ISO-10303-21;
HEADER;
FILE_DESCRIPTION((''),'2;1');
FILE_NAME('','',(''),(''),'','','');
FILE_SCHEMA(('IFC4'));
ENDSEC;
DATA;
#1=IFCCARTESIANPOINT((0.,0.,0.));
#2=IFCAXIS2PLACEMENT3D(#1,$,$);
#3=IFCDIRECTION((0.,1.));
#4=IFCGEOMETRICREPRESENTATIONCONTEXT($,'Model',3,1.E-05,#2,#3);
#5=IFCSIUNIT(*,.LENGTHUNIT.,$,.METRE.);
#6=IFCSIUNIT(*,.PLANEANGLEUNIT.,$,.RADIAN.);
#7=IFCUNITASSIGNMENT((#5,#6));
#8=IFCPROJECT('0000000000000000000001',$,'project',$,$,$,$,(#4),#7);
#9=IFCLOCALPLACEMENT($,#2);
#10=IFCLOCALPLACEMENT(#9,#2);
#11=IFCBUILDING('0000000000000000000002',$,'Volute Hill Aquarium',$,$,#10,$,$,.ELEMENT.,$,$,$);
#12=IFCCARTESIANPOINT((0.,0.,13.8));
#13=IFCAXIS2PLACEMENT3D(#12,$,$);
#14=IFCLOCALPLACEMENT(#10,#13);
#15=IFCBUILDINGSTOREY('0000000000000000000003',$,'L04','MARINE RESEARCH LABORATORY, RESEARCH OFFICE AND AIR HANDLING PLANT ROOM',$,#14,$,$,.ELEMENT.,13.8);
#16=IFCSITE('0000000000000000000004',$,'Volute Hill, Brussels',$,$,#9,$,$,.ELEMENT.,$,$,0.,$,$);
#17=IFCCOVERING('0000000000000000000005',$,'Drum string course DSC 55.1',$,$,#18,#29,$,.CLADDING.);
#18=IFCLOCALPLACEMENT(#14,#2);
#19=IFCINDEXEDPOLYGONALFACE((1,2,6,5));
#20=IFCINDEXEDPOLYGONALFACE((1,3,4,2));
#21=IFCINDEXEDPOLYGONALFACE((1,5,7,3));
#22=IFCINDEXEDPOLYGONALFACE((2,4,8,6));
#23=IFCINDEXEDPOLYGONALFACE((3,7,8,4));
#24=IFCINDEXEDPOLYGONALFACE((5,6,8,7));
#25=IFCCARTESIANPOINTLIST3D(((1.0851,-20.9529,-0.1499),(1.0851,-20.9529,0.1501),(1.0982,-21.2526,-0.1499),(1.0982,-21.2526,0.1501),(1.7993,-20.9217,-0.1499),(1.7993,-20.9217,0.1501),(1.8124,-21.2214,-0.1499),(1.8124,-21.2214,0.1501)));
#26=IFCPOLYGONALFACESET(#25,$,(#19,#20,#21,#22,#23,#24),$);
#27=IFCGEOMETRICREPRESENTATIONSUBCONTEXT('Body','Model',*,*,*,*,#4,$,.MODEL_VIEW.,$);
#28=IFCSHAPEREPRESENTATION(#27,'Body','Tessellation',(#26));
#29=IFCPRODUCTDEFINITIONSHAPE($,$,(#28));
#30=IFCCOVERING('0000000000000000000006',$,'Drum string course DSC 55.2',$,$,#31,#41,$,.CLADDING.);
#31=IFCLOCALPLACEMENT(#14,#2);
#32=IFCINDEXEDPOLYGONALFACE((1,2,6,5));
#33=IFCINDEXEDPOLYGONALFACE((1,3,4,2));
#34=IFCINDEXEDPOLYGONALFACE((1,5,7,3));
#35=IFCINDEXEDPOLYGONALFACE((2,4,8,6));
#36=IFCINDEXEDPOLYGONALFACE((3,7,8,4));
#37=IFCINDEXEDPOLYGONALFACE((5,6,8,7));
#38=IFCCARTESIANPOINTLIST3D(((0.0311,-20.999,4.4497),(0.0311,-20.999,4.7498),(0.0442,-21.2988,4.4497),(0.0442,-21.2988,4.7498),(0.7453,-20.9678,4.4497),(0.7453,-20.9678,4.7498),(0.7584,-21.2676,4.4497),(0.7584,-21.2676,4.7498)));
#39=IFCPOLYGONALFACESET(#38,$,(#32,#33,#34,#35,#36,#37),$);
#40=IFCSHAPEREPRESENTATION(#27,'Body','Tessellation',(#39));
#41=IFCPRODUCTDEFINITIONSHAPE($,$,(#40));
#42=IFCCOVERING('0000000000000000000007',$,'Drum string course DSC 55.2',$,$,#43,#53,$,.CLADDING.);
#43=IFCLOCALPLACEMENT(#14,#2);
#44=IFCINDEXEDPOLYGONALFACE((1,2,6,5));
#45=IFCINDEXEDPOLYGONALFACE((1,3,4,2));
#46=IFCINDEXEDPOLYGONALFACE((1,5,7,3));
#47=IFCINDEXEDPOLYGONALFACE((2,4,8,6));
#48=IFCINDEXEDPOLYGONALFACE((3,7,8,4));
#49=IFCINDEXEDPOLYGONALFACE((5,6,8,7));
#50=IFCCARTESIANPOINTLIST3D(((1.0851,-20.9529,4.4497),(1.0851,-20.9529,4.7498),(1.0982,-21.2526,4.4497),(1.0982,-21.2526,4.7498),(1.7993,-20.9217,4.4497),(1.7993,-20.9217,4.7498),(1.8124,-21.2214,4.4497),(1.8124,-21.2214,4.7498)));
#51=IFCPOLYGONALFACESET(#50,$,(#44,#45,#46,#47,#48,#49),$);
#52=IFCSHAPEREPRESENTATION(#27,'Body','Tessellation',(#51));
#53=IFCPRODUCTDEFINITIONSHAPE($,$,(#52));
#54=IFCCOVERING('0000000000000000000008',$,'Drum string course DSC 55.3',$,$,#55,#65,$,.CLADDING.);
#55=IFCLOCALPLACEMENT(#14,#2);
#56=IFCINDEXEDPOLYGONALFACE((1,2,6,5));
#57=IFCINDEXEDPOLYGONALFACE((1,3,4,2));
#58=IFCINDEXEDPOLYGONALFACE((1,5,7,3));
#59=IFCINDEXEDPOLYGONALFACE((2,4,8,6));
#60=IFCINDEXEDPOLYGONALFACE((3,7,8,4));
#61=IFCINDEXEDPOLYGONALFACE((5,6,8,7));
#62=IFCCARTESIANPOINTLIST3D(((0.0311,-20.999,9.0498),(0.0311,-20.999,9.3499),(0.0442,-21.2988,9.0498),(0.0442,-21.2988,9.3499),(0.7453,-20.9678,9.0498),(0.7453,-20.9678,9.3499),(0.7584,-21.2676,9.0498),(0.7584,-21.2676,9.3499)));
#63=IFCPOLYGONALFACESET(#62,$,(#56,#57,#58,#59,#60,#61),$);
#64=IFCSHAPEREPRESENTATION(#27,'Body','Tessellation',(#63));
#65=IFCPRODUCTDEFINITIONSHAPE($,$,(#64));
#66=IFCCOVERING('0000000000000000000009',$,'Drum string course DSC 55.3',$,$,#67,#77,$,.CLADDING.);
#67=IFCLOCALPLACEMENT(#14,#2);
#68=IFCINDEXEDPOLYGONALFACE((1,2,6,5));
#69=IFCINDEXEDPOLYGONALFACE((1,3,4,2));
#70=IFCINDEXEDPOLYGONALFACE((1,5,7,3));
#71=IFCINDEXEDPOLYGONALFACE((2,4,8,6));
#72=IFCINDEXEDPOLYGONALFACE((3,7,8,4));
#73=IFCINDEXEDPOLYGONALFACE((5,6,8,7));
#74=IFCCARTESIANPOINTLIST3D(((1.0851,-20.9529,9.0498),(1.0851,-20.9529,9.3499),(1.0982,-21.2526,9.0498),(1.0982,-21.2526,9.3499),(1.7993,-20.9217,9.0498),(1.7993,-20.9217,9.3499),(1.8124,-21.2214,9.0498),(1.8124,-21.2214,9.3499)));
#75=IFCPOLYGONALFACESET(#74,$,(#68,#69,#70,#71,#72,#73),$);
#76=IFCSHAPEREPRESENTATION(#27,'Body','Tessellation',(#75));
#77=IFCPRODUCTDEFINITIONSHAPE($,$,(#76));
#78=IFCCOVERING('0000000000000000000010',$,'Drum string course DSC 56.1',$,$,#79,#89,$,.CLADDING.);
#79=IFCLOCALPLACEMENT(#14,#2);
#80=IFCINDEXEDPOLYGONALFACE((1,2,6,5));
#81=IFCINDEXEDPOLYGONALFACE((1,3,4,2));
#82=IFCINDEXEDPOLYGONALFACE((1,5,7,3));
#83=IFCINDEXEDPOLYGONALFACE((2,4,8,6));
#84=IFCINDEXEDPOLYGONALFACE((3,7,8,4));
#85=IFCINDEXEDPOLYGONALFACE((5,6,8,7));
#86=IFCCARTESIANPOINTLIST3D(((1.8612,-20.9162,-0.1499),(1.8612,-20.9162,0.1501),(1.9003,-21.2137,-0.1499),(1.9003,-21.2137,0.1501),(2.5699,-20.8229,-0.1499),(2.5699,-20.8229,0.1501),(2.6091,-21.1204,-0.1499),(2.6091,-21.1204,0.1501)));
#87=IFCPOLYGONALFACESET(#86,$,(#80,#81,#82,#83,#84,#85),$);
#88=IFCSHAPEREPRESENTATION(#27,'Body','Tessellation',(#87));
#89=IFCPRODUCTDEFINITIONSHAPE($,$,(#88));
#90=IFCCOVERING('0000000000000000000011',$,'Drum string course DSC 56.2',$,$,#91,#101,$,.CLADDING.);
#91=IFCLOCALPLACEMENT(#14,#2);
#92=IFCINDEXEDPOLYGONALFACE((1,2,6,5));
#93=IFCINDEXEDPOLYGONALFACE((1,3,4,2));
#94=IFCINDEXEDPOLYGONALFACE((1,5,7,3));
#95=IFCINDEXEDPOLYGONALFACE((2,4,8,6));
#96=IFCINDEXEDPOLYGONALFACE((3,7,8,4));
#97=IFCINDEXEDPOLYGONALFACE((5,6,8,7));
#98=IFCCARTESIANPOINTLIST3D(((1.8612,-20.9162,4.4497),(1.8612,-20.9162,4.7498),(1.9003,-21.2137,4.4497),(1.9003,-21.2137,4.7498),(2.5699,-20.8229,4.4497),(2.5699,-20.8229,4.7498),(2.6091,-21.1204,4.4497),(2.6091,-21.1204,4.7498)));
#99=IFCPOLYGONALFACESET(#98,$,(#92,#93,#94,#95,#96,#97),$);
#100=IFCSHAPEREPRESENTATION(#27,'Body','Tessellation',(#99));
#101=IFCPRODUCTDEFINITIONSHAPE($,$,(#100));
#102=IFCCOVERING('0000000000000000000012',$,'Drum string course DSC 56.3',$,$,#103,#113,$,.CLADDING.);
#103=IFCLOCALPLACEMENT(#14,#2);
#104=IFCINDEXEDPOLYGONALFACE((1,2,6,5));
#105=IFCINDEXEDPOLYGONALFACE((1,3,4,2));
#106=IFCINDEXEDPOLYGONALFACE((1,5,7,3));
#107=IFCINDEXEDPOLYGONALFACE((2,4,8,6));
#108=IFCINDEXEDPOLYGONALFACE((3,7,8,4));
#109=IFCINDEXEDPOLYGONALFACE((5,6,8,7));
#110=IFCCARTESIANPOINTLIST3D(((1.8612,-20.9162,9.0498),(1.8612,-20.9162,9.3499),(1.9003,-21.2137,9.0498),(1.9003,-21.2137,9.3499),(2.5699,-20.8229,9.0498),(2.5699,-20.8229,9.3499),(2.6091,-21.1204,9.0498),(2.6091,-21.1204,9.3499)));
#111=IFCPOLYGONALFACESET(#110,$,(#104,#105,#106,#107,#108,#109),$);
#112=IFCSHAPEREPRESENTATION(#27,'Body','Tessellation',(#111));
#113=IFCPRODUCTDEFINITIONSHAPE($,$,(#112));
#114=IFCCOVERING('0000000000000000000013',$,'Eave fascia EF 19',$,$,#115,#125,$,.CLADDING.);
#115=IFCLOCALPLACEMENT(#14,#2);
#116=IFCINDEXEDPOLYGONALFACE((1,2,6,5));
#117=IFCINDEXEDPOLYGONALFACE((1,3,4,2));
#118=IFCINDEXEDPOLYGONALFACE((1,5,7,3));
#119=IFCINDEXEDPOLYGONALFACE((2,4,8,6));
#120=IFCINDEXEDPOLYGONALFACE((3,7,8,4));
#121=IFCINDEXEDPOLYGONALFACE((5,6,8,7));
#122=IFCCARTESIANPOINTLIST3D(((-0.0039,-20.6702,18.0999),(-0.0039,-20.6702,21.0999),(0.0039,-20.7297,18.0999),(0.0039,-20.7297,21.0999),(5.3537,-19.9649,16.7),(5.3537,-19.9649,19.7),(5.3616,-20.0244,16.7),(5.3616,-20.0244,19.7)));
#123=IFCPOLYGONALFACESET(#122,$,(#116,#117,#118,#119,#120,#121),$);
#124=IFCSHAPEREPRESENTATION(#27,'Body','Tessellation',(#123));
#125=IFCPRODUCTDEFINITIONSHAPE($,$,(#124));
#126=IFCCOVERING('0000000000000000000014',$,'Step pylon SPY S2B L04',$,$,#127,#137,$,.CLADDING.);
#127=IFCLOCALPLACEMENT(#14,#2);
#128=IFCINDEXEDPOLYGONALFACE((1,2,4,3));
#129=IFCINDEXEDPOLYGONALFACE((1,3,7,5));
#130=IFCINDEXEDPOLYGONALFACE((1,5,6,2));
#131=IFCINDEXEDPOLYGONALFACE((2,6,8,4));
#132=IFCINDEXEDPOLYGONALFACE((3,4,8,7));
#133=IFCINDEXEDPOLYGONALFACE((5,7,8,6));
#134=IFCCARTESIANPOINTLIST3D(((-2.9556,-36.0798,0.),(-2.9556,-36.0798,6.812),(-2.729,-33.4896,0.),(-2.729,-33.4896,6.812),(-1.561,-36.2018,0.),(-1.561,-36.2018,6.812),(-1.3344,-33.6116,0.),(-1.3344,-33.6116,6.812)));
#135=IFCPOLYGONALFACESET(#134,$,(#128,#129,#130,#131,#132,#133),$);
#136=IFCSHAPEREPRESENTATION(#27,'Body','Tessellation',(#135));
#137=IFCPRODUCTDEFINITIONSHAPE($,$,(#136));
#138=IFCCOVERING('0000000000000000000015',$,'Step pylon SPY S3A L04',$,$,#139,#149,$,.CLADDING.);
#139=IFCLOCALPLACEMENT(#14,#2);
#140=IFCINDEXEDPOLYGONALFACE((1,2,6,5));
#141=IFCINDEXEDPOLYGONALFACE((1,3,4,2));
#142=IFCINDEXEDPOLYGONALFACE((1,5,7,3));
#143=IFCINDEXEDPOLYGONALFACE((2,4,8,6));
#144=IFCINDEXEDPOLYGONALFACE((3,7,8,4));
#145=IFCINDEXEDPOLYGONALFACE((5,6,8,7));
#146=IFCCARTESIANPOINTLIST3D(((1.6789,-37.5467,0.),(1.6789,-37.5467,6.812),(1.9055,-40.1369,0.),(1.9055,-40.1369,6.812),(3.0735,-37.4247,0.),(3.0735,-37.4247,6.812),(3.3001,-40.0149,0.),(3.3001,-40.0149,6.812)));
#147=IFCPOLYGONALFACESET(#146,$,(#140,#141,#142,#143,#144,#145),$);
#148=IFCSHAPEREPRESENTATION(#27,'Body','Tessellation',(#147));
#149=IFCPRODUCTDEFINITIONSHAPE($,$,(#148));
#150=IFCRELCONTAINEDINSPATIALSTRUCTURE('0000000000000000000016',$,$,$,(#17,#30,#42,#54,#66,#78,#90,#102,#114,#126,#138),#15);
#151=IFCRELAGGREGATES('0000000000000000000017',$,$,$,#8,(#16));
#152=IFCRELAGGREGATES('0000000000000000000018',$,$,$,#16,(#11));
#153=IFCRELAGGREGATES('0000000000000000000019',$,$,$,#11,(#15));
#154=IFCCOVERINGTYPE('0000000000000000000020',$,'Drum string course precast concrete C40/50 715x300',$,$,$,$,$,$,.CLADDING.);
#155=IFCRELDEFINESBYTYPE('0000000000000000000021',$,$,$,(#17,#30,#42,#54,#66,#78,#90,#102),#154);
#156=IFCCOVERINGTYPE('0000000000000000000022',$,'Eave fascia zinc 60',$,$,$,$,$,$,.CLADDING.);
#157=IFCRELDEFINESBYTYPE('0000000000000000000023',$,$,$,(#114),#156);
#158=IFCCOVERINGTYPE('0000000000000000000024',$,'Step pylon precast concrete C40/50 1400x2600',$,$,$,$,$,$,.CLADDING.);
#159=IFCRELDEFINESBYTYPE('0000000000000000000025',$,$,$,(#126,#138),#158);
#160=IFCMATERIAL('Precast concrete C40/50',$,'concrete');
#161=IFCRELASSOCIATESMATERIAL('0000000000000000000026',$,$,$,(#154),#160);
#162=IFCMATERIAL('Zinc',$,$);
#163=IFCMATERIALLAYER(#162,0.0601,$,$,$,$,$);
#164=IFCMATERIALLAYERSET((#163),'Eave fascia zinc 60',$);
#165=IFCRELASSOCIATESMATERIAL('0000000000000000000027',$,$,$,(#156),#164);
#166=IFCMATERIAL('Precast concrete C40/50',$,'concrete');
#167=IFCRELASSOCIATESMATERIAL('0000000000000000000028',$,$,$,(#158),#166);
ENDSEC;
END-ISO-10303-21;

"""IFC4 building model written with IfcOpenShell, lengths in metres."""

from ifc_helpers import new_model, si_unit, direction, frame, origin, origin_2d, place, context, subcontext, project, spatial, polyline, rectangle, outline, extrude, material, layer, layer_set, type_object, element, save


model = new_model("IFC4")

# Units and contexts
model_context = context("Model", 3, precision=1e-05, world=origin(), true_north=direction((0.0, 1.0)))
body_context = subcontext(model_context, "Body", "Model", "MODEL_VIEW")
ifc_project = project(units=[si_unit("LENGTHUNIT", "METRE"), si_unit("PLANEANGLEUNIT", "RADIAN")], contexts=[model_context])

# Site, building, storey
site_placement = place(None, origin())
site = spatial("IfcSite", under=ifc_project, at=site_placement, Name="Volute Hill, Brussels", CompositionType="ELEMENT", RefElevation=0.0)
building_placement = place(site_placement, origin())
building = spatial("IfcBuilding", under=site, at=building_placement, Name="Volute Hill Aquarium", CompositionType="ELEMENT")
storey_placement = place(building_placement, frame((0.0, 0.0, 13.8)))
storey = spatial("IfcBuildingStorey", under=building, at=storey_placement, Name="L04", Description="MARINE RESEARCH LABORATORY, RESEARCH OFFICE AND AIR HANDLING PLANT ROOM", CompositionType="ELEMENT", Elevation=13.8)

# Coverings
ifc_material_1 = material(Name="Precast concrete C40/50", Category="concrete")
covering_type_1 = type_object("IfcCoveringType", Name="Drum string course precast concrete C40/50 715x300", PredefinedType="CLADDING", material=ifc_material_1)
for number, where, z_axis, x_axis, name in (
    (1, (1.4487, -21.0872, -0.1499), (0.0, 0.0, 1.0), (0.999048, 0.043619, 0.0), "Drum string course DSC 55.1"),
    (2, (0.3948, -21.1333, 4.4497), (0.0, 0.0, 1.0), (0.999048, 0.043619, 0.0), "Drum string course DSC 55.2"),
    (3, (1.4487, -21.0872, 4.4497), (0.0, 0.0, 1.0), (0.999048, 0.043619, 0.0), "Drum string course DSC 55.2"),
    (4, (0.3948, -21.1333, 9.0498), (0.0, 0.0, 1.0), (0.999048, 0.043619, 0.0), "Drum string course DSC 55.3"),
    (5, (1.4487, -21.0872, 9.0498), (0.0, 0.0, 1.0), (0.999048, 0.043619, 0.0), "Drum string course DSC 55.3"),
    (6, (2.2351, -21.0183, -0.1499), (0.0, 0.0, 1.0), (0.991445, 0.130526, 0.0), "Drum string course DSC 56.1"),
    (7, (2.2351, -21.0183, 4.4497), (0.0, 0.0, 1.0), (0.991445, 0.130526, 0.0), "Drum string course DSC 56.2"),
    (8, (2.2351, -21.0183, 9.0498), (0.0, 0.0, 1.0), (0.991445, 0.130526, 0.0), "Drum string course DSC 56.3"),
):
    element("IfcCovering", number, at=place(storey_placement, frame(where, z_axis=z_axis, x_axis=x_axis)), inside=storey, type_object=covering_type_1, Name=name, PredefinedType="CLADDING", context=body_context, shape_type="SweptSolid", body=[
        extrude(rectangle(XDim=0.7148, YDim=0.3, at=origin_2d()), origin(), (0.0, 0.0, 1.0), 0.3),
    ])
ifc_material_2 = material(Name="Zinc")
ifc_layer = layer(ifc_material_2, 0.0601)
ifc_layer_set = layer_set([ifc_layer], Name="Eave fascia zinc 60")
covering_type_2 = type_object("IfcCoveringType", Name="Eave fascia zinc 60", PredefinedType="CLADDING", material=ifc_layer_set)
covering_placement = place(storey_placement, frame((0.0039, -20.7297, 18.0999), z_axis=(0.130521, -0.991446, 0.0), x_axis=(0.959764, 0.12635, -0.250776)))
element("IfcCovering", 9, at=covering_placement, inside=storey, type_object=covering_type_2, Name="Eave fascia EF 19", PredefinedType="CLADDING", context=body_context, shape_type="SweptSolid", body=[
    extrude(outline(polyline([(0.0, 0.0), (5.5823, 0.0), (4.8299, 2.9041), (-0.7523, 2.9041), (0.0, 0.0)])), origin(), (0.0, 0.0, -1.0), 0.0601),
])
ifc_material_3 = material(Name="Precast concrete C40/50", Category="concrete")
covering_type_3 = type_object("IfcCoveringType", Name="Step pylon precast concrete C40/50 1400x2600", PredefinedType="CLADDING", material=ifc_material_3)
for number, where, z_axis, x_axis, name in (
    (10, (-2.145, -34.8457, 0.0), (0.0, 0.0, 1.0), (-0.087156, -0.996195, 0.0), "Step pylon SPY S2B L04"),
    (11, (2.4895, -38.7808, 0.0), (0.0, 0.0, 1.0), (0.087156, -0.996195, 0.0), "Step pylon SPY S3A L04"),
):
    element("IfcCovering", number, at=place(storey_placement, frame(where, z_axis=z_axis, x_axis=x_axis)), inside=storey, type_object=covering_type_3, Name=name, PredefinedType="CLADDING", context=body_context, shape_type="SweptSolid", body=[
        extrude(rectangle(XDim=2.6001, YDim=1.3999, at=origin_2d()), origin(), (0.0, 0.0, 1.0), 6.812),
    ])

save(model, "model.ifc")
